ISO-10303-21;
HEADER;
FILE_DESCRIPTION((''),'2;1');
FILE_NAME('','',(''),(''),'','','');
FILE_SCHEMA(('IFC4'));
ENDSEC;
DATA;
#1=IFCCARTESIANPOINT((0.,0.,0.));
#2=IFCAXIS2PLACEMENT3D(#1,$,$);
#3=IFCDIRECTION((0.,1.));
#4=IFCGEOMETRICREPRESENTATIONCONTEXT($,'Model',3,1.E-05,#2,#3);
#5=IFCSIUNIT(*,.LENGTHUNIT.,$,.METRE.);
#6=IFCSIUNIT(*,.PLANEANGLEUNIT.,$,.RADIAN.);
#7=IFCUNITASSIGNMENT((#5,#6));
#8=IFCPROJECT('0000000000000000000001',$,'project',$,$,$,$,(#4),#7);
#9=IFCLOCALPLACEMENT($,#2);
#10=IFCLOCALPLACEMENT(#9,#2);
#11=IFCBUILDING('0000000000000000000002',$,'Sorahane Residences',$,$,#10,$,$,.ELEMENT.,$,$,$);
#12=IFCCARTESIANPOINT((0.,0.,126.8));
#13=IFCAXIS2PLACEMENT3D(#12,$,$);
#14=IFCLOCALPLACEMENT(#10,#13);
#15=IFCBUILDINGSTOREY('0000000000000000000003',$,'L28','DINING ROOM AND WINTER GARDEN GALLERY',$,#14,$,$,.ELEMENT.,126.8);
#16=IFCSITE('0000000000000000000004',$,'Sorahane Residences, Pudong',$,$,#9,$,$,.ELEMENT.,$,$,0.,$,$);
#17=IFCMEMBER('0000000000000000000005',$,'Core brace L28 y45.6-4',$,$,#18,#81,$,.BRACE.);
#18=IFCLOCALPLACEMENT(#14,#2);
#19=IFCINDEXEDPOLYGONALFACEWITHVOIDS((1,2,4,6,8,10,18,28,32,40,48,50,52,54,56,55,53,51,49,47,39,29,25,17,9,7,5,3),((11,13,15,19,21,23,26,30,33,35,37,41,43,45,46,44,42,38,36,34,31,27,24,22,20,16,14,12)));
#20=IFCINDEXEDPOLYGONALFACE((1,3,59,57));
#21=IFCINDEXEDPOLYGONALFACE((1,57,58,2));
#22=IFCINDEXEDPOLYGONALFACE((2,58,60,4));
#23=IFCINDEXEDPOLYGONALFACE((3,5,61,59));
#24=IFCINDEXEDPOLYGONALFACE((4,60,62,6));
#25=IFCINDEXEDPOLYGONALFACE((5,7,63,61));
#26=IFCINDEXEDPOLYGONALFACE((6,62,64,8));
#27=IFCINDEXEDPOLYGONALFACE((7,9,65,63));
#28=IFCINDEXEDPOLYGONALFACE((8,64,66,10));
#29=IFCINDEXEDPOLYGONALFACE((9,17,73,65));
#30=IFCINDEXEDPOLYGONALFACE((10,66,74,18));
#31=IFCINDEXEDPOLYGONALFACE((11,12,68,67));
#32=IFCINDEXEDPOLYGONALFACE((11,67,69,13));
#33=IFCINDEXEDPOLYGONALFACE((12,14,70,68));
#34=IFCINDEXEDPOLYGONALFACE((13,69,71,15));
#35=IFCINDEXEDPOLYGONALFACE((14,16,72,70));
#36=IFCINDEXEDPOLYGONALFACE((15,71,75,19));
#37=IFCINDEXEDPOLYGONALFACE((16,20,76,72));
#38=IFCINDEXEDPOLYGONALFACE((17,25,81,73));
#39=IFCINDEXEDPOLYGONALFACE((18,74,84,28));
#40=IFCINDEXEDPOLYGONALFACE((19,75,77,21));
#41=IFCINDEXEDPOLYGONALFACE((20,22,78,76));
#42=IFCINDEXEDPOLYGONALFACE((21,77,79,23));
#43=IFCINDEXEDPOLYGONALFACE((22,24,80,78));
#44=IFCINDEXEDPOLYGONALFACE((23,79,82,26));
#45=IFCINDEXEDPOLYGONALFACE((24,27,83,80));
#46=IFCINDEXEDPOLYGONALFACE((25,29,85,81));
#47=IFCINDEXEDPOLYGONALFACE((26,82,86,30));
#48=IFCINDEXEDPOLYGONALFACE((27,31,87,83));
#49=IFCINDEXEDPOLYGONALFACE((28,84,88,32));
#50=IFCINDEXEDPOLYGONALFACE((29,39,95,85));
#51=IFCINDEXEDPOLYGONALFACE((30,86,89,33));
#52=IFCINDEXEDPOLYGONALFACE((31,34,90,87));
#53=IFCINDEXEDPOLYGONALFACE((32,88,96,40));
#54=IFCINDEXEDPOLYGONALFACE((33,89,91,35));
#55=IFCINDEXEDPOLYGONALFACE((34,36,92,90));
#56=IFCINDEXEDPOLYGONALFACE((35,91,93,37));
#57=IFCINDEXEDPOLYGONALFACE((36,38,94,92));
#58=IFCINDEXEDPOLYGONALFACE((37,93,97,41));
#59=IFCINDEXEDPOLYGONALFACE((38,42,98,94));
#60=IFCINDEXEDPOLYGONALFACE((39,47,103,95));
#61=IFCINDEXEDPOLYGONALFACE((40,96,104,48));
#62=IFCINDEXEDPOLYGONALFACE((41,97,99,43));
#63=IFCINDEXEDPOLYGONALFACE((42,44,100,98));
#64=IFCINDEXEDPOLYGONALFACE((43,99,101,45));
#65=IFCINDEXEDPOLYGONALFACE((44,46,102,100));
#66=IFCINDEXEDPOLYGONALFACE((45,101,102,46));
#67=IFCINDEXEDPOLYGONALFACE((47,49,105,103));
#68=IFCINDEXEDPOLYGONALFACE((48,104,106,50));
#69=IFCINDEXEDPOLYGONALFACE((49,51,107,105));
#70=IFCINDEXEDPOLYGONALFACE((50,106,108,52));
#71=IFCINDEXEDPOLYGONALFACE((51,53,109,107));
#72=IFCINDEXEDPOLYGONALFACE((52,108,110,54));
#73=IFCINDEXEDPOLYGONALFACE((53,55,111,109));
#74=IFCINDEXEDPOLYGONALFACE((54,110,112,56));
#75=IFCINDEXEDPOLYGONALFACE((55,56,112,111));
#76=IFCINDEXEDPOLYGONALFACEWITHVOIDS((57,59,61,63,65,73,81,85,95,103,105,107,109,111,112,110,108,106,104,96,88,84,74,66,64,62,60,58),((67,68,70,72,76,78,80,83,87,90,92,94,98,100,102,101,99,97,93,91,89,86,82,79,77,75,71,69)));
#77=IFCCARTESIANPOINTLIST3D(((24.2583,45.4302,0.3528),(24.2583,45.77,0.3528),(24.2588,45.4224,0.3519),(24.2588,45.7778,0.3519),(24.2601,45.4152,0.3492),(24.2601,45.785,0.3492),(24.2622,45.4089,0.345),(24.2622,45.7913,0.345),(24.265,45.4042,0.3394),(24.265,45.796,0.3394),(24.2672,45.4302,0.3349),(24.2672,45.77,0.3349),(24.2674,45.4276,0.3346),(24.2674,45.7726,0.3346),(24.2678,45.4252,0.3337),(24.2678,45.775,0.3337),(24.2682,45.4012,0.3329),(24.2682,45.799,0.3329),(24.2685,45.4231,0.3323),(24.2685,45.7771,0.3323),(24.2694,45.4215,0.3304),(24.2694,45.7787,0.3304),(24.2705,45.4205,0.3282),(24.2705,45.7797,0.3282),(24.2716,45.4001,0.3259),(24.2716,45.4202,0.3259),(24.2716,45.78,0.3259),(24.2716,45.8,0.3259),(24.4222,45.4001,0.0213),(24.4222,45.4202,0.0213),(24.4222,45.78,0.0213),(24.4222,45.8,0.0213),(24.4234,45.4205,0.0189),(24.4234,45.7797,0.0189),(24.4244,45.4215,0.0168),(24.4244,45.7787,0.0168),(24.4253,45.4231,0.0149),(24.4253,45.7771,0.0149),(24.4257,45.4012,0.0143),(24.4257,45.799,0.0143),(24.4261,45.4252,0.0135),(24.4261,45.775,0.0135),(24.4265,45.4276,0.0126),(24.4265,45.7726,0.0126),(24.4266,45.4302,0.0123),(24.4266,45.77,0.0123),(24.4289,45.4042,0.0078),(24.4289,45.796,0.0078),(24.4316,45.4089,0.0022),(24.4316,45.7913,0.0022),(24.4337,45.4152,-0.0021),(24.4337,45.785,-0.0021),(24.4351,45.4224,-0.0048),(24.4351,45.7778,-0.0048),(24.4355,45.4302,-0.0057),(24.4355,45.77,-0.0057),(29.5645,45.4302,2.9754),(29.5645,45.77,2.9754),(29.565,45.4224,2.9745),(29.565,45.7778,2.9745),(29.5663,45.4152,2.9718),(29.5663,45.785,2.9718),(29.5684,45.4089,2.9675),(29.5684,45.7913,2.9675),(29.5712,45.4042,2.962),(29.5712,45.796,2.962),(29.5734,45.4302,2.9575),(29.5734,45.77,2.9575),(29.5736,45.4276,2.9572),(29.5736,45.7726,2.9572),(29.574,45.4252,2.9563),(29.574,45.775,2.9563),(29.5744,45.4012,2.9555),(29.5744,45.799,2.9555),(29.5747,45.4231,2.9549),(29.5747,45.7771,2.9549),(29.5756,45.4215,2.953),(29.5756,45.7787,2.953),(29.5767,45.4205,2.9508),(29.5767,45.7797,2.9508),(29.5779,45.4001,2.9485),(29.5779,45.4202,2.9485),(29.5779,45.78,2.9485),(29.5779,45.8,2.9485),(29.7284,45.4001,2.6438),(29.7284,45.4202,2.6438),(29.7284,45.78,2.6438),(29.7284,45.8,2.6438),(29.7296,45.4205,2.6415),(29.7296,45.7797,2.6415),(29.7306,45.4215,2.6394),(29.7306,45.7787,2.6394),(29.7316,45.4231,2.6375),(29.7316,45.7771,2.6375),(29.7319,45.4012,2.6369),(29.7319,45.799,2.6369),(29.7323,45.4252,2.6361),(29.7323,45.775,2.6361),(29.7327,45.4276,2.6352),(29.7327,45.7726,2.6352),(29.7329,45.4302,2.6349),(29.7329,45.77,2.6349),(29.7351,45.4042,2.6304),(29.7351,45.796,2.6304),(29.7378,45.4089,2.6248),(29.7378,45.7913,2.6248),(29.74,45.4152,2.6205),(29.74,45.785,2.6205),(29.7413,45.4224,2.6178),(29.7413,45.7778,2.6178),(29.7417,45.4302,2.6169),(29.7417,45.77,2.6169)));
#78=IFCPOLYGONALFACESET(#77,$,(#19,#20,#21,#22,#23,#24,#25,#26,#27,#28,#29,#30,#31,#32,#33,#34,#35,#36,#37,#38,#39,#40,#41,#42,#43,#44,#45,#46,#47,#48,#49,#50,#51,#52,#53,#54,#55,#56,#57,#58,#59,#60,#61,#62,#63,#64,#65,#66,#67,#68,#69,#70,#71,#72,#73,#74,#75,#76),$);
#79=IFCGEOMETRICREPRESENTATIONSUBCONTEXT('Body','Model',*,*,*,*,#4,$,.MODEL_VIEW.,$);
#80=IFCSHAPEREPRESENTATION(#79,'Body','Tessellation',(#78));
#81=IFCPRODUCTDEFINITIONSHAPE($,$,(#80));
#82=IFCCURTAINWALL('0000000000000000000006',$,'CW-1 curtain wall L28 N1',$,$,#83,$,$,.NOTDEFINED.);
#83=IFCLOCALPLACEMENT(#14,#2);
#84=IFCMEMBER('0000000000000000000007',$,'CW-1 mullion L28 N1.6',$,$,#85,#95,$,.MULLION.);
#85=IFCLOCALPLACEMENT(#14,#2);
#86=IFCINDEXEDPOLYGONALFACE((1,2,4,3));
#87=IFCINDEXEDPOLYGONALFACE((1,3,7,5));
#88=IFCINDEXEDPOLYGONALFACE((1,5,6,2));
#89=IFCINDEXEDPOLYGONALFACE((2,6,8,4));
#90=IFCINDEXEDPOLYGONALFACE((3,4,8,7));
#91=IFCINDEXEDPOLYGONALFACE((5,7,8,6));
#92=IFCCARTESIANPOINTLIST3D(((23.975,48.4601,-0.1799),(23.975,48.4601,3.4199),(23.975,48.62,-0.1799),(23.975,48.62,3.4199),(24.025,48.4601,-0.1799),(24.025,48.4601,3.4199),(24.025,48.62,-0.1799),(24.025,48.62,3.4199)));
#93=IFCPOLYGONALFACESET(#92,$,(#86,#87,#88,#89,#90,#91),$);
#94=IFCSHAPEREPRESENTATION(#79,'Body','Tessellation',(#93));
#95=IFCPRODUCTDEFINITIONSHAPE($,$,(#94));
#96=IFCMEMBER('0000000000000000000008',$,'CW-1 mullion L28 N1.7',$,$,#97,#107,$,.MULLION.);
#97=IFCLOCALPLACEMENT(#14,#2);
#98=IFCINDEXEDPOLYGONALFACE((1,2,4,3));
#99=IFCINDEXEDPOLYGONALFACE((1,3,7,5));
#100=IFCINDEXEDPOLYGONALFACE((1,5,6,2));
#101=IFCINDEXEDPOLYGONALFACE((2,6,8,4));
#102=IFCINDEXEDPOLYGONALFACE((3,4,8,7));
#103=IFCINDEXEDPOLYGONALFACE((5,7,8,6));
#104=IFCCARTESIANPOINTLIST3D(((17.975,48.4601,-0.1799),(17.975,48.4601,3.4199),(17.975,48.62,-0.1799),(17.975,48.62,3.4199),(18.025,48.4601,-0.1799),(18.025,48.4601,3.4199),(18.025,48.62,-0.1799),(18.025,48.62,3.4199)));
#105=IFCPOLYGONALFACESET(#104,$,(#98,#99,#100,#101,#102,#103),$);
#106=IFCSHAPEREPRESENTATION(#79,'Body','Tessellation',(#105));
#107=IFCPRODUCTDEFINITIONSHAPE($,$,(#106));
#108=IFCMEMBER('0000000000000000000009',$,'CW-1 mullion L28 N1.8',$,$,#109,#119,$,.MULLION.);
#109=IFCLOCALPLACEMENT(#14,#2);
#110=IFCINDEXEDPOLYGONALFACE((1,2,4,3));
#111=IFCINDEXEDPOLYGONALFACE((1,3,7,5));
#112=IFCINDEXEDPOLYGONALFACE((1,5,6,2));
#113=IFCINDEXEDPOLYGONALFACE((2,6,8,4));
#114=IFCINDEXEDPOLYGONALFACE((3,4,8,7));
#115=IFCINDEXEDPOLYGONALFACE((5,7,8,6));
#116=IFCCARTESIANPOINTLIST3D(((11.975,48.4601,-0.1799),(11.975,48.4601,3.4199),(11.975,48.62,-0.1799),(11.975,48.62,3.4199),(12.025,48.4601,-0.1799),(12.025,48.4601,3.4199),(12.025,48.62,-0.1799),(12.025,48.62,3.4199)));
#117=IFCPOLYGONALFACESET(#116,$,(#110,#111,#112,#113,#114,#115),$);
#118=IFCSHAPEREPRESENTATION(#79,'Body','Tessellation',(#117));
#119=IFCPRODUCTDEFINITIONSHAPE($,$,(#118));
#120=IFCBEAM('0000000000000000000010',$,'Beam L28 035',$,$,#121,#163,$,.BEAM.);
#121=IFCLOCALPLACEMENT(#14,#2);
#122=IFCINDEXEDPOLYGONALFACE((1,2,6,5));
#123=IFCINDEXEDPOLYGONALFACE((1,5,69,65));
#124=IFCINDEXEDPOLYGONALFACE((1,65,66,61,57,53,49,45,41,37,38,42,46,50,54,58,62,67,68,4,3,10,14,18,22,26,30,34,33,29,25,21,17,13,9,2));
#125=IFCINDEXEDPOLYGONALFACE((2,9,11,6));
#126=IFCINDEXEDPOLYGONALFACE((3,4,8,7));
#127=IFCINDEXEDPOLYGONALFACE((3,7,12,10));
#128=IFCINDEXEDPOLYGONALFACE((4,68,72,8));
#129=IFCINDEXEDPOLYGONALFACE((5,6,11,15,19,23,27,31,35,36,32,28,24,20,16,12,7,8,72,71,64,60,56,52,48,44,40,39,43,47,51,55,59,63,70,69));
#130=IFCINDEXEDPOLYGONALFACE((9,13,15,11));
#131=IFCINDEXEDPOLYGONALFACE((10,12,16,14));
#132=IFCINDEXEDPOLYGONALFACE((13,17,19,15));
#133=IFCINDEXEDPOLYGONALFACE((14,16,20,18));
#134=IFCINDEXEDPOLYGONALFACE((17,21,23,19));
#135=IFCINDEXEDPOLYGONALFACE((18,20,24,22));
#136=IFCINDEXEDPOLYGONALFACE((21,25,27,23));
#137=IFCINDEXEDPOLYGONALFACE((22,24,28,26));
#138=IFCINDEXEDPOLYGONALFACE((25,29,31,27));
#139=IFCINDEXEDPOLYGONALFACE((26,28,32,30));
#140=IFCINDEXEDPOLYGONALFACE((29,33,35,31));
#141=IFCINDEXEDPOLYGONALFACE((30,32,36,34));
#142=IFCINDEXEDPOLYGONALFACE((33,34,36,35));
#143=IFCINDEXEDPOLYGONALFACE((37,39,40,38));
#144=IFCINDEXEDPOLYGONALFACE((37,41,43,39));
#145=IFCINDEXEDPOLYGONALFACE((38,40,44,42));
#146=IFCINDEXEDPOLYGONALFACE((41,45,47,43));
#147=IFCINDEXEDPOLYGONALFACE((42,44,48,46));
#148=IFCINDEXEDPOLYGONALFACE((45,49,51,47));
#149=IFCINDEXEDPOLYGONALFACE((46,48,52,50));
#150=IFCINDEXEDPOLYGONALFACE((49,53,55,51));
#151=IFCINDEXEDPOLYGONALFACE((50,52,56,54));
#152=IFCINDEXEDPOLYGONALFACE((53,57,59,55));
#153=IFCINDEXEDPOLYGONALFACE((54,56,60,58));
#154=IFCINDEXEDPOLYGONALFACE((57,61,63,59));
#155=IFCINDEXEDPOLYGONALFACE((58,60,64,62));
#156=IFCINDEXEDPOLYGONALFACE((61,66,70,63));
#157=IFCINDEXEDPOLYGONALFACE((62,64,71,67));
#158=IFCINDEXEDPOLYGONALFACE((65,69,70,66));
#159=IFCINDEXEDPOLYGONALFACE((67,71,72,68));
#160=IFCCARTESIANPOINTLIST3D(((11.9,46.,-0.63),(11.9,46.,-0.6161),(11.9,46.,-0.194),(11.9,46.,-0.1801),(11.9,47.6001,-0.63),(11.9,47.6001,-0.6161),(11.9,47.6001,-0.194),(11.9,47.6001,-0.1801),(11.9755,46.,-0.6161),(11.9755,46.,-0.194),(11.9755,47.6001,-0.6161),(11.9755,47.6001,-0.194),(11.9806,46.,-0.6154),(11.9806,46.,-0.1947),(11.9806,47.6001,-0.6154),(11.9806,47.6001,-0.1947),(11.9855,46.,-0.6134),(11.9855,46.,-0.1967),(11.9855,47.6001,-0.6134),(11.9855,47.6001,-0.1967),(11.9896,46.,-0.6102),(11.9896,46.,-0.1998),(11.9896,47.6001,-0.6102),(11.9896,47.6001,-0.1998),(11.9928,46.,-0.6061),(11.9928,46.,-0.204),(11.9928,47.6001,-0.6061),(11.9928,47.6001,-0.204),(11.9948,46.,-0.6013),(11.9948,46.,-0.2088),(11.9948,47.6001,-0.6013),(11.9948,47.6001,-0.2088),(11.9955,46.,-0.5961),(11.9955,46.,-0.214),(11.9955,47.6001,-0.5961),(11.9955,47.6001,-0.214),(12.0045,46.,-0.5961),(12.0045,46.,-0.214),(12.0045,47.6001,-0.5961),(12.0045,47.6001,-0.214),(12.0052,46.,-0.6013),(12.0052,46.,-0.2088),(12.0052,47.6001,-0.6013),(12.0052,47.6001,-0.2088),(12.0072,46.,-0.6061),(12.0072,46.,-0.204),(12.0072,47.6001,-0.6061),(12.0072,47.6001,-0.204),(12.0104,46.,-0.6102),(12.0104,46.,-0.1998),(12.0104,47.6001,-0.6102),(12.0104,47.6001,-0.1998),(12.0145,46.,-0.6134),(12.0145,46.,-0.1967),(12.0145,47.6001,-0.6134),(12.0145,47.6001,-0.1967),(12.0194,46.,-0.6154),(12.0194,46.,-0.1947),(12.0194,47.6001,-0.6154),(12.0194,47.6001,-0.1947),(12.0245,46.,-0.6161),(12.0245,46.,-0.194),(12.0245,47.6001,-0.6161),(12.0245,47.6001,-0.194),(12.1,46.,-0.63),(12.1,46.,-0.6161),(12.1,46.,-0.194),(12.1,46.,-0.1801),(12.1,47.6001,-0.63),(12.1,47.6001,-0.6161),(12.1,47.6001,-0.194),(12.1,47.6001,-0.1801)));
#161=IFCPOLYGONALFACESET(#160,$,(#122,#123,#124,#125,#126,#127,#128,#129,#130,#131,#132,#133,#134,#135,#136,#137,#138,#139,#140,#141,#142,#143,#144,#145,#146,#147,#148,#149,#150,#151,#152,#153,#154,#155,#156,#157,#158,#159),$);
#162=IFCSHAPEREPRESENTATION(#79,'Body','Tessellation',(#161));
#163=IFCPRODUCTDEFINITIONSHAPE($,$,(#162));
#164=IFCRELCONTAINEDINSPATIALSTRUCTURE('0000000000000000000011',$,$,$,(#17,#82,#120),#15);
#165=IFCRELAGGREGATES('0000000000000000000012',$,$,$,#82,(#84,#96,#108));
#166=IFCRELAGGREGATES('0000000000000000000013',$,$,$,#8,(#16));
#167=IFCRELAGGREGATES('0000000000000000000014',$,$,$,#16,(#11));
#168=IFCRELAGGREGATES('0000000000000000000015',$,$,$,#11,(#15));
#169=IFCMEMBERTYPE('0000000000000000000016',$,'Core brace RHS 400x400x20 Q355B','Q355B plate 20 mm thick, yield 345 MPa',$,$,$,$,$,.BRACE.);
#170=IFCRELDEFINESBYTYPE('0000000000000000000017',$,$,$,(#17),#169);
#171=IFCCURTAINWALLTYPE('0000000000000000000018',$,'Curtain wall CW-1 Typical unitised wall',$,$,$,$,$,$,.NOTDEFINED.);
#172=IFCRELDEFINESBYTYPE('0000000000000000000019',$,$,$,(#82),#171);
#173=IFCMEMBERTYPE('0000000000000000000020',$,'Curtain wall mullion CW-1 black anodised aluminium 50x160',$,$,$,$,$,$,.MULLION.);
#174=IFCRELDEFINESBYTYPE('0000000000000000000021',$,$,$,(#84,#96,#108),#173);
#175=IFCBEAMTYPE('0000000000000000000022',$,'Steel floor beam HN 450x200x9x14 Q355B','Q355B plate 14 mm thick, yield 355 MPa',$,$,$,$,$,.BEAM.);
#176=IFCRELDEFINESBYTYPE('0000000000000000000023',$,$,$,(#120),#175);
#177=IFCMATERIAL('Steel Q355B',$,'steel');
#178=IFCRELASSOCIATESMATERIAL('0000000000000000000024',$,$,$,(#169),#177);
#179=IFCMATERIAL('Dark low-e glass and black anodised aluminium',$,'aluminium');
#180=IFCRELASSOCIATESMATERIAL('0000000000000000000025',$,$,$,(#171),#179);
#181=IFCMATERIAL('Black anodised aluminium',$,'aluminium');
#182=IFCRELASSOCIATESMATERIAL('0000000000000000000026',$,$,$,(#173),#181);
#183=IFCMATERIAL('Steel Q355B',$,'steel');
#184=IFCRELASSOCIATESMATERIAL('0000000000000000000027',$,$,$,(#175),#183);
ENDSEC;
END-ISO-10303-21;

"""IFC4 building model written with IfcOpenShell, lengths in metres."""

from ifc_helpers import new_model, si_unit, direction, frame, origin, origin_2d, place, context, subcontext, project, spatial, rectangle, hollow_rectangle, i_section, extrude, material, material_profile, profile_set, type_object, element, aggregate, save


model = new_model("IFC4")

# Units and contexts
model_context = context("Model", 3, precision=1e-05, world=origin(), true_north=direction((0.0, 1.0)))
body_context = subcontext(model_context, "Body", "Model", "MODEL_VIEW")
ifc_project = project(units=[si_unit("LENGTHUNIT", "METRE"), si_unit("PLANEANGLEUNIT", "RADIAN")], contexts=[model_context])

# Site, building, storey
site_placement = place(None, origin())
site = spatial("IfcSite", under=ifc_project, at=site_placement, Name="Sorahane Residences, Pudong", CompositionType="ELEMENT", RefElevation=0.0)
building_placement = place(site_placement, origin())
building = spatial("IfcBuilding", under=site, at=building_placement, Name="Sorahane Residences", CompositionType="ELEMENT")
storey_placement = place(building_placement, frame((0.0, 0.0, 126.8)))
storey = spatial("IfcBuildingStorey", under=building, at=storey_placement, Name="L28", Description="DINING ROOM AND WINTER GARDEN GALLERY", CompositionType="ELEMENT", Elevation=126.8)

# Member
ifc_material_1 = material(Name="Steel Q355B", Category="steel")
ifc_material_profile_1 = material_profile(ifc_material_1, hollow_rectangle(XDim=0.3999, YDim=0.3999, WallThickness=0.02, InnerFilletRadius=0.01, OuterFilletRadius=0.03, at=origin_2d()), Name="RHS 400x400x20")
ifc_profile_set_1 = profile_set([ifc_material_profile_1], Name="Steel Q355B")
member_type_1 = type_object("IfcMemberType", Name="Core brace RHS 400x400x20 Q355B", Description="Q355B plate 20 mm thick, yield 345 MPa", PredefinedType="BRACE", material=ifc_profile_set_1)
for number, where, z_axis, x_axis, name in (
    (1, (24.3469, 45.6001, 0.1736), (0.89648, 0.0, 0.443084), (0.0, 1.0, 0.0), "Core brace L28 y45.6-4"),
):
    element("IfcMember", number, at=place(storey_placement, frame(where, z_axis=z_axis, x_axis=x_axis)), inside=storey, type_object=member_type_1, Name=name, PredefinedType="BRACE", context=body_context, shape_type="SweptSolid", body=[
        extrude(hollow_rectangle(XDim=0.3999, YDim=0.3999, WallThickness=0.02, InnerFilletRadius=0.01, OuterFilletRadius=0.03, at=origin_2d()), origin(), (0.0, 0.0, 1.0), 5.9189),
    ])

# Curtain wall, members
ifc_material_2 = material(Name="Dark low-e glass and black anodised aluminium", Category="aluminium")
curtain_wall_type = type_object("IfcCurtainWallType", Name="Curtain wall CW-1 Typical unitised wall", PredefinedType="NOTDEFINED", material=ifc_material_2)
curtain_wall_placement = place(storey_placement, origin())
curtain_wall = element("IfcCurtainWall", 2, at=curtain_wall_placement, inside=storey, type_object=curtain_wall_type, Name="CW-1 curtain wall L28 N1", PredefinedType="NOTDEFINED")
ifc_material_3 = material(Name="Black anodised aluminium", Category="aluminium")
ifc_material_profile_2 = material_profile(ifc_material_3, rectangle(XDim=0.1599, YDim=0.05, at=origin_2d()), Name="Curtain wall mullion CW-1 black anodised aluminium 50x160")
ifc_profile_set_2 = profile_set([ifc_material_profile_2], Name="Black anodised aluminium")
member_type_2 = type_object("IfcMemberType", Name="Curtain wall mullion CW-1 black anodised aluminium 50x160", PredefinedType="MULLION", material=ifc_profile_set_2)
member_1_placement = place(storey_placement, frame((24.0, 48.54, -0.1799), z_axis=(0.0, 0.0, 1.0), x_axis=(0.0, 1.0, 0.0)))
member_1 = element("IfcMember", 3, at=member_1_placement, type_object=member_type_2, Name="CW-1 mullion L28 N1.6", PredefinedType="MULLION", context=body_context, shape_type="SweptSolid", body=[
    extrude(rectangle(XDim=0.1599, YDim=0.05, at=origin_2d()), origin(), (0.0, 0.0, 1.0), 3.5999),
])
member_2_placement = place(storey_placement, frame((18.0, 48.54, -0.1799), z_axis=(0.0, 0.0, 1.0), x_axis=(0.0, 1.0, 0.0)))
member_2 = element("IfcMember", 4, at=member_2_placement, type_object=member_type_2, Name="CW-1 mullion L28 N1.7", PredefinedType="MULLION", context=body_context, shape_type="SweptSolid", body=[
    extrude(rectangle(XDim=0.1599, YDim=0.05, at=origin_2d()), origin(), (0.0, 0.0, 1.0), 3.5999),
])
member_3_placement = place(storey_placement, frame((12.0, 48.54, -0.1799), z_axis=(0.0, 0.0, 1.0), x_axis=(0.0, 1.0, 0.0)))
member_3 = element("IfcMember", 5, at=member_3_placement, type_object=member_type_2, Name="CW-1 mullion L28 N1.8", PredefinedType="MULLION", context=body_context, shape_type="SweptSolid", body=[
    extrude(rectangle(XDim=0.1599, YDim=0.05, at=origin_2d()), origin(), (0.0, 0.0, 1.0), 3.5999),
])

# Beam
ifc_material_4 = material(Name="Steel Q355B", Category="steel")
ifc_material_profile_3 = material_profile(ifc_material_4, i_section(OverallWidth=0.2, OverallDepth=0.45, WebThickness=0.009, FlangeThickness=0.0139, FilletRadius=0.02, at=origin_2d()), Name="HN 450x200x9x14")
ifc_profile_set_3 = profile_set([ifc_material_profile_3], Name="Steel Q355B")
beam_type_1 = type_object("IfcBeamType", Name="Steel floor beam HN 450x200x9x14 Q355B", Description="Q355B plate 14 mm thick, yield 355 MPa", PredefinedType="BEAM", material=ifc_profile_set_3)
beam_1_placement = place(storey_placement, frame((12.0, 46.0, -0.405), z_axis=(0.0, 1.0, 0.0), x_axis=(-1.0, 0.0, 0.0)))
element("IfcBeam", 6, at=beam_1_placement, inside=storey, type_object=beam_type_1, Name="Beam L28 035", PredefinedType="BEAM", context=body_context, shape_type="SweptSolid", body=[
    extrude(i_section(OverallWidth=0.2, OverallDepth=0.45, WebThickness=0.009, FlangeThickness=0.0139, FilletRadius=0.02, at=origin_2d()), origin(), (0.0, 0.0, 1.0), 1.6001),
])

aggregate(curtain_wall, [member_1, member_2, member_3])

save(model, "model.ifc")
